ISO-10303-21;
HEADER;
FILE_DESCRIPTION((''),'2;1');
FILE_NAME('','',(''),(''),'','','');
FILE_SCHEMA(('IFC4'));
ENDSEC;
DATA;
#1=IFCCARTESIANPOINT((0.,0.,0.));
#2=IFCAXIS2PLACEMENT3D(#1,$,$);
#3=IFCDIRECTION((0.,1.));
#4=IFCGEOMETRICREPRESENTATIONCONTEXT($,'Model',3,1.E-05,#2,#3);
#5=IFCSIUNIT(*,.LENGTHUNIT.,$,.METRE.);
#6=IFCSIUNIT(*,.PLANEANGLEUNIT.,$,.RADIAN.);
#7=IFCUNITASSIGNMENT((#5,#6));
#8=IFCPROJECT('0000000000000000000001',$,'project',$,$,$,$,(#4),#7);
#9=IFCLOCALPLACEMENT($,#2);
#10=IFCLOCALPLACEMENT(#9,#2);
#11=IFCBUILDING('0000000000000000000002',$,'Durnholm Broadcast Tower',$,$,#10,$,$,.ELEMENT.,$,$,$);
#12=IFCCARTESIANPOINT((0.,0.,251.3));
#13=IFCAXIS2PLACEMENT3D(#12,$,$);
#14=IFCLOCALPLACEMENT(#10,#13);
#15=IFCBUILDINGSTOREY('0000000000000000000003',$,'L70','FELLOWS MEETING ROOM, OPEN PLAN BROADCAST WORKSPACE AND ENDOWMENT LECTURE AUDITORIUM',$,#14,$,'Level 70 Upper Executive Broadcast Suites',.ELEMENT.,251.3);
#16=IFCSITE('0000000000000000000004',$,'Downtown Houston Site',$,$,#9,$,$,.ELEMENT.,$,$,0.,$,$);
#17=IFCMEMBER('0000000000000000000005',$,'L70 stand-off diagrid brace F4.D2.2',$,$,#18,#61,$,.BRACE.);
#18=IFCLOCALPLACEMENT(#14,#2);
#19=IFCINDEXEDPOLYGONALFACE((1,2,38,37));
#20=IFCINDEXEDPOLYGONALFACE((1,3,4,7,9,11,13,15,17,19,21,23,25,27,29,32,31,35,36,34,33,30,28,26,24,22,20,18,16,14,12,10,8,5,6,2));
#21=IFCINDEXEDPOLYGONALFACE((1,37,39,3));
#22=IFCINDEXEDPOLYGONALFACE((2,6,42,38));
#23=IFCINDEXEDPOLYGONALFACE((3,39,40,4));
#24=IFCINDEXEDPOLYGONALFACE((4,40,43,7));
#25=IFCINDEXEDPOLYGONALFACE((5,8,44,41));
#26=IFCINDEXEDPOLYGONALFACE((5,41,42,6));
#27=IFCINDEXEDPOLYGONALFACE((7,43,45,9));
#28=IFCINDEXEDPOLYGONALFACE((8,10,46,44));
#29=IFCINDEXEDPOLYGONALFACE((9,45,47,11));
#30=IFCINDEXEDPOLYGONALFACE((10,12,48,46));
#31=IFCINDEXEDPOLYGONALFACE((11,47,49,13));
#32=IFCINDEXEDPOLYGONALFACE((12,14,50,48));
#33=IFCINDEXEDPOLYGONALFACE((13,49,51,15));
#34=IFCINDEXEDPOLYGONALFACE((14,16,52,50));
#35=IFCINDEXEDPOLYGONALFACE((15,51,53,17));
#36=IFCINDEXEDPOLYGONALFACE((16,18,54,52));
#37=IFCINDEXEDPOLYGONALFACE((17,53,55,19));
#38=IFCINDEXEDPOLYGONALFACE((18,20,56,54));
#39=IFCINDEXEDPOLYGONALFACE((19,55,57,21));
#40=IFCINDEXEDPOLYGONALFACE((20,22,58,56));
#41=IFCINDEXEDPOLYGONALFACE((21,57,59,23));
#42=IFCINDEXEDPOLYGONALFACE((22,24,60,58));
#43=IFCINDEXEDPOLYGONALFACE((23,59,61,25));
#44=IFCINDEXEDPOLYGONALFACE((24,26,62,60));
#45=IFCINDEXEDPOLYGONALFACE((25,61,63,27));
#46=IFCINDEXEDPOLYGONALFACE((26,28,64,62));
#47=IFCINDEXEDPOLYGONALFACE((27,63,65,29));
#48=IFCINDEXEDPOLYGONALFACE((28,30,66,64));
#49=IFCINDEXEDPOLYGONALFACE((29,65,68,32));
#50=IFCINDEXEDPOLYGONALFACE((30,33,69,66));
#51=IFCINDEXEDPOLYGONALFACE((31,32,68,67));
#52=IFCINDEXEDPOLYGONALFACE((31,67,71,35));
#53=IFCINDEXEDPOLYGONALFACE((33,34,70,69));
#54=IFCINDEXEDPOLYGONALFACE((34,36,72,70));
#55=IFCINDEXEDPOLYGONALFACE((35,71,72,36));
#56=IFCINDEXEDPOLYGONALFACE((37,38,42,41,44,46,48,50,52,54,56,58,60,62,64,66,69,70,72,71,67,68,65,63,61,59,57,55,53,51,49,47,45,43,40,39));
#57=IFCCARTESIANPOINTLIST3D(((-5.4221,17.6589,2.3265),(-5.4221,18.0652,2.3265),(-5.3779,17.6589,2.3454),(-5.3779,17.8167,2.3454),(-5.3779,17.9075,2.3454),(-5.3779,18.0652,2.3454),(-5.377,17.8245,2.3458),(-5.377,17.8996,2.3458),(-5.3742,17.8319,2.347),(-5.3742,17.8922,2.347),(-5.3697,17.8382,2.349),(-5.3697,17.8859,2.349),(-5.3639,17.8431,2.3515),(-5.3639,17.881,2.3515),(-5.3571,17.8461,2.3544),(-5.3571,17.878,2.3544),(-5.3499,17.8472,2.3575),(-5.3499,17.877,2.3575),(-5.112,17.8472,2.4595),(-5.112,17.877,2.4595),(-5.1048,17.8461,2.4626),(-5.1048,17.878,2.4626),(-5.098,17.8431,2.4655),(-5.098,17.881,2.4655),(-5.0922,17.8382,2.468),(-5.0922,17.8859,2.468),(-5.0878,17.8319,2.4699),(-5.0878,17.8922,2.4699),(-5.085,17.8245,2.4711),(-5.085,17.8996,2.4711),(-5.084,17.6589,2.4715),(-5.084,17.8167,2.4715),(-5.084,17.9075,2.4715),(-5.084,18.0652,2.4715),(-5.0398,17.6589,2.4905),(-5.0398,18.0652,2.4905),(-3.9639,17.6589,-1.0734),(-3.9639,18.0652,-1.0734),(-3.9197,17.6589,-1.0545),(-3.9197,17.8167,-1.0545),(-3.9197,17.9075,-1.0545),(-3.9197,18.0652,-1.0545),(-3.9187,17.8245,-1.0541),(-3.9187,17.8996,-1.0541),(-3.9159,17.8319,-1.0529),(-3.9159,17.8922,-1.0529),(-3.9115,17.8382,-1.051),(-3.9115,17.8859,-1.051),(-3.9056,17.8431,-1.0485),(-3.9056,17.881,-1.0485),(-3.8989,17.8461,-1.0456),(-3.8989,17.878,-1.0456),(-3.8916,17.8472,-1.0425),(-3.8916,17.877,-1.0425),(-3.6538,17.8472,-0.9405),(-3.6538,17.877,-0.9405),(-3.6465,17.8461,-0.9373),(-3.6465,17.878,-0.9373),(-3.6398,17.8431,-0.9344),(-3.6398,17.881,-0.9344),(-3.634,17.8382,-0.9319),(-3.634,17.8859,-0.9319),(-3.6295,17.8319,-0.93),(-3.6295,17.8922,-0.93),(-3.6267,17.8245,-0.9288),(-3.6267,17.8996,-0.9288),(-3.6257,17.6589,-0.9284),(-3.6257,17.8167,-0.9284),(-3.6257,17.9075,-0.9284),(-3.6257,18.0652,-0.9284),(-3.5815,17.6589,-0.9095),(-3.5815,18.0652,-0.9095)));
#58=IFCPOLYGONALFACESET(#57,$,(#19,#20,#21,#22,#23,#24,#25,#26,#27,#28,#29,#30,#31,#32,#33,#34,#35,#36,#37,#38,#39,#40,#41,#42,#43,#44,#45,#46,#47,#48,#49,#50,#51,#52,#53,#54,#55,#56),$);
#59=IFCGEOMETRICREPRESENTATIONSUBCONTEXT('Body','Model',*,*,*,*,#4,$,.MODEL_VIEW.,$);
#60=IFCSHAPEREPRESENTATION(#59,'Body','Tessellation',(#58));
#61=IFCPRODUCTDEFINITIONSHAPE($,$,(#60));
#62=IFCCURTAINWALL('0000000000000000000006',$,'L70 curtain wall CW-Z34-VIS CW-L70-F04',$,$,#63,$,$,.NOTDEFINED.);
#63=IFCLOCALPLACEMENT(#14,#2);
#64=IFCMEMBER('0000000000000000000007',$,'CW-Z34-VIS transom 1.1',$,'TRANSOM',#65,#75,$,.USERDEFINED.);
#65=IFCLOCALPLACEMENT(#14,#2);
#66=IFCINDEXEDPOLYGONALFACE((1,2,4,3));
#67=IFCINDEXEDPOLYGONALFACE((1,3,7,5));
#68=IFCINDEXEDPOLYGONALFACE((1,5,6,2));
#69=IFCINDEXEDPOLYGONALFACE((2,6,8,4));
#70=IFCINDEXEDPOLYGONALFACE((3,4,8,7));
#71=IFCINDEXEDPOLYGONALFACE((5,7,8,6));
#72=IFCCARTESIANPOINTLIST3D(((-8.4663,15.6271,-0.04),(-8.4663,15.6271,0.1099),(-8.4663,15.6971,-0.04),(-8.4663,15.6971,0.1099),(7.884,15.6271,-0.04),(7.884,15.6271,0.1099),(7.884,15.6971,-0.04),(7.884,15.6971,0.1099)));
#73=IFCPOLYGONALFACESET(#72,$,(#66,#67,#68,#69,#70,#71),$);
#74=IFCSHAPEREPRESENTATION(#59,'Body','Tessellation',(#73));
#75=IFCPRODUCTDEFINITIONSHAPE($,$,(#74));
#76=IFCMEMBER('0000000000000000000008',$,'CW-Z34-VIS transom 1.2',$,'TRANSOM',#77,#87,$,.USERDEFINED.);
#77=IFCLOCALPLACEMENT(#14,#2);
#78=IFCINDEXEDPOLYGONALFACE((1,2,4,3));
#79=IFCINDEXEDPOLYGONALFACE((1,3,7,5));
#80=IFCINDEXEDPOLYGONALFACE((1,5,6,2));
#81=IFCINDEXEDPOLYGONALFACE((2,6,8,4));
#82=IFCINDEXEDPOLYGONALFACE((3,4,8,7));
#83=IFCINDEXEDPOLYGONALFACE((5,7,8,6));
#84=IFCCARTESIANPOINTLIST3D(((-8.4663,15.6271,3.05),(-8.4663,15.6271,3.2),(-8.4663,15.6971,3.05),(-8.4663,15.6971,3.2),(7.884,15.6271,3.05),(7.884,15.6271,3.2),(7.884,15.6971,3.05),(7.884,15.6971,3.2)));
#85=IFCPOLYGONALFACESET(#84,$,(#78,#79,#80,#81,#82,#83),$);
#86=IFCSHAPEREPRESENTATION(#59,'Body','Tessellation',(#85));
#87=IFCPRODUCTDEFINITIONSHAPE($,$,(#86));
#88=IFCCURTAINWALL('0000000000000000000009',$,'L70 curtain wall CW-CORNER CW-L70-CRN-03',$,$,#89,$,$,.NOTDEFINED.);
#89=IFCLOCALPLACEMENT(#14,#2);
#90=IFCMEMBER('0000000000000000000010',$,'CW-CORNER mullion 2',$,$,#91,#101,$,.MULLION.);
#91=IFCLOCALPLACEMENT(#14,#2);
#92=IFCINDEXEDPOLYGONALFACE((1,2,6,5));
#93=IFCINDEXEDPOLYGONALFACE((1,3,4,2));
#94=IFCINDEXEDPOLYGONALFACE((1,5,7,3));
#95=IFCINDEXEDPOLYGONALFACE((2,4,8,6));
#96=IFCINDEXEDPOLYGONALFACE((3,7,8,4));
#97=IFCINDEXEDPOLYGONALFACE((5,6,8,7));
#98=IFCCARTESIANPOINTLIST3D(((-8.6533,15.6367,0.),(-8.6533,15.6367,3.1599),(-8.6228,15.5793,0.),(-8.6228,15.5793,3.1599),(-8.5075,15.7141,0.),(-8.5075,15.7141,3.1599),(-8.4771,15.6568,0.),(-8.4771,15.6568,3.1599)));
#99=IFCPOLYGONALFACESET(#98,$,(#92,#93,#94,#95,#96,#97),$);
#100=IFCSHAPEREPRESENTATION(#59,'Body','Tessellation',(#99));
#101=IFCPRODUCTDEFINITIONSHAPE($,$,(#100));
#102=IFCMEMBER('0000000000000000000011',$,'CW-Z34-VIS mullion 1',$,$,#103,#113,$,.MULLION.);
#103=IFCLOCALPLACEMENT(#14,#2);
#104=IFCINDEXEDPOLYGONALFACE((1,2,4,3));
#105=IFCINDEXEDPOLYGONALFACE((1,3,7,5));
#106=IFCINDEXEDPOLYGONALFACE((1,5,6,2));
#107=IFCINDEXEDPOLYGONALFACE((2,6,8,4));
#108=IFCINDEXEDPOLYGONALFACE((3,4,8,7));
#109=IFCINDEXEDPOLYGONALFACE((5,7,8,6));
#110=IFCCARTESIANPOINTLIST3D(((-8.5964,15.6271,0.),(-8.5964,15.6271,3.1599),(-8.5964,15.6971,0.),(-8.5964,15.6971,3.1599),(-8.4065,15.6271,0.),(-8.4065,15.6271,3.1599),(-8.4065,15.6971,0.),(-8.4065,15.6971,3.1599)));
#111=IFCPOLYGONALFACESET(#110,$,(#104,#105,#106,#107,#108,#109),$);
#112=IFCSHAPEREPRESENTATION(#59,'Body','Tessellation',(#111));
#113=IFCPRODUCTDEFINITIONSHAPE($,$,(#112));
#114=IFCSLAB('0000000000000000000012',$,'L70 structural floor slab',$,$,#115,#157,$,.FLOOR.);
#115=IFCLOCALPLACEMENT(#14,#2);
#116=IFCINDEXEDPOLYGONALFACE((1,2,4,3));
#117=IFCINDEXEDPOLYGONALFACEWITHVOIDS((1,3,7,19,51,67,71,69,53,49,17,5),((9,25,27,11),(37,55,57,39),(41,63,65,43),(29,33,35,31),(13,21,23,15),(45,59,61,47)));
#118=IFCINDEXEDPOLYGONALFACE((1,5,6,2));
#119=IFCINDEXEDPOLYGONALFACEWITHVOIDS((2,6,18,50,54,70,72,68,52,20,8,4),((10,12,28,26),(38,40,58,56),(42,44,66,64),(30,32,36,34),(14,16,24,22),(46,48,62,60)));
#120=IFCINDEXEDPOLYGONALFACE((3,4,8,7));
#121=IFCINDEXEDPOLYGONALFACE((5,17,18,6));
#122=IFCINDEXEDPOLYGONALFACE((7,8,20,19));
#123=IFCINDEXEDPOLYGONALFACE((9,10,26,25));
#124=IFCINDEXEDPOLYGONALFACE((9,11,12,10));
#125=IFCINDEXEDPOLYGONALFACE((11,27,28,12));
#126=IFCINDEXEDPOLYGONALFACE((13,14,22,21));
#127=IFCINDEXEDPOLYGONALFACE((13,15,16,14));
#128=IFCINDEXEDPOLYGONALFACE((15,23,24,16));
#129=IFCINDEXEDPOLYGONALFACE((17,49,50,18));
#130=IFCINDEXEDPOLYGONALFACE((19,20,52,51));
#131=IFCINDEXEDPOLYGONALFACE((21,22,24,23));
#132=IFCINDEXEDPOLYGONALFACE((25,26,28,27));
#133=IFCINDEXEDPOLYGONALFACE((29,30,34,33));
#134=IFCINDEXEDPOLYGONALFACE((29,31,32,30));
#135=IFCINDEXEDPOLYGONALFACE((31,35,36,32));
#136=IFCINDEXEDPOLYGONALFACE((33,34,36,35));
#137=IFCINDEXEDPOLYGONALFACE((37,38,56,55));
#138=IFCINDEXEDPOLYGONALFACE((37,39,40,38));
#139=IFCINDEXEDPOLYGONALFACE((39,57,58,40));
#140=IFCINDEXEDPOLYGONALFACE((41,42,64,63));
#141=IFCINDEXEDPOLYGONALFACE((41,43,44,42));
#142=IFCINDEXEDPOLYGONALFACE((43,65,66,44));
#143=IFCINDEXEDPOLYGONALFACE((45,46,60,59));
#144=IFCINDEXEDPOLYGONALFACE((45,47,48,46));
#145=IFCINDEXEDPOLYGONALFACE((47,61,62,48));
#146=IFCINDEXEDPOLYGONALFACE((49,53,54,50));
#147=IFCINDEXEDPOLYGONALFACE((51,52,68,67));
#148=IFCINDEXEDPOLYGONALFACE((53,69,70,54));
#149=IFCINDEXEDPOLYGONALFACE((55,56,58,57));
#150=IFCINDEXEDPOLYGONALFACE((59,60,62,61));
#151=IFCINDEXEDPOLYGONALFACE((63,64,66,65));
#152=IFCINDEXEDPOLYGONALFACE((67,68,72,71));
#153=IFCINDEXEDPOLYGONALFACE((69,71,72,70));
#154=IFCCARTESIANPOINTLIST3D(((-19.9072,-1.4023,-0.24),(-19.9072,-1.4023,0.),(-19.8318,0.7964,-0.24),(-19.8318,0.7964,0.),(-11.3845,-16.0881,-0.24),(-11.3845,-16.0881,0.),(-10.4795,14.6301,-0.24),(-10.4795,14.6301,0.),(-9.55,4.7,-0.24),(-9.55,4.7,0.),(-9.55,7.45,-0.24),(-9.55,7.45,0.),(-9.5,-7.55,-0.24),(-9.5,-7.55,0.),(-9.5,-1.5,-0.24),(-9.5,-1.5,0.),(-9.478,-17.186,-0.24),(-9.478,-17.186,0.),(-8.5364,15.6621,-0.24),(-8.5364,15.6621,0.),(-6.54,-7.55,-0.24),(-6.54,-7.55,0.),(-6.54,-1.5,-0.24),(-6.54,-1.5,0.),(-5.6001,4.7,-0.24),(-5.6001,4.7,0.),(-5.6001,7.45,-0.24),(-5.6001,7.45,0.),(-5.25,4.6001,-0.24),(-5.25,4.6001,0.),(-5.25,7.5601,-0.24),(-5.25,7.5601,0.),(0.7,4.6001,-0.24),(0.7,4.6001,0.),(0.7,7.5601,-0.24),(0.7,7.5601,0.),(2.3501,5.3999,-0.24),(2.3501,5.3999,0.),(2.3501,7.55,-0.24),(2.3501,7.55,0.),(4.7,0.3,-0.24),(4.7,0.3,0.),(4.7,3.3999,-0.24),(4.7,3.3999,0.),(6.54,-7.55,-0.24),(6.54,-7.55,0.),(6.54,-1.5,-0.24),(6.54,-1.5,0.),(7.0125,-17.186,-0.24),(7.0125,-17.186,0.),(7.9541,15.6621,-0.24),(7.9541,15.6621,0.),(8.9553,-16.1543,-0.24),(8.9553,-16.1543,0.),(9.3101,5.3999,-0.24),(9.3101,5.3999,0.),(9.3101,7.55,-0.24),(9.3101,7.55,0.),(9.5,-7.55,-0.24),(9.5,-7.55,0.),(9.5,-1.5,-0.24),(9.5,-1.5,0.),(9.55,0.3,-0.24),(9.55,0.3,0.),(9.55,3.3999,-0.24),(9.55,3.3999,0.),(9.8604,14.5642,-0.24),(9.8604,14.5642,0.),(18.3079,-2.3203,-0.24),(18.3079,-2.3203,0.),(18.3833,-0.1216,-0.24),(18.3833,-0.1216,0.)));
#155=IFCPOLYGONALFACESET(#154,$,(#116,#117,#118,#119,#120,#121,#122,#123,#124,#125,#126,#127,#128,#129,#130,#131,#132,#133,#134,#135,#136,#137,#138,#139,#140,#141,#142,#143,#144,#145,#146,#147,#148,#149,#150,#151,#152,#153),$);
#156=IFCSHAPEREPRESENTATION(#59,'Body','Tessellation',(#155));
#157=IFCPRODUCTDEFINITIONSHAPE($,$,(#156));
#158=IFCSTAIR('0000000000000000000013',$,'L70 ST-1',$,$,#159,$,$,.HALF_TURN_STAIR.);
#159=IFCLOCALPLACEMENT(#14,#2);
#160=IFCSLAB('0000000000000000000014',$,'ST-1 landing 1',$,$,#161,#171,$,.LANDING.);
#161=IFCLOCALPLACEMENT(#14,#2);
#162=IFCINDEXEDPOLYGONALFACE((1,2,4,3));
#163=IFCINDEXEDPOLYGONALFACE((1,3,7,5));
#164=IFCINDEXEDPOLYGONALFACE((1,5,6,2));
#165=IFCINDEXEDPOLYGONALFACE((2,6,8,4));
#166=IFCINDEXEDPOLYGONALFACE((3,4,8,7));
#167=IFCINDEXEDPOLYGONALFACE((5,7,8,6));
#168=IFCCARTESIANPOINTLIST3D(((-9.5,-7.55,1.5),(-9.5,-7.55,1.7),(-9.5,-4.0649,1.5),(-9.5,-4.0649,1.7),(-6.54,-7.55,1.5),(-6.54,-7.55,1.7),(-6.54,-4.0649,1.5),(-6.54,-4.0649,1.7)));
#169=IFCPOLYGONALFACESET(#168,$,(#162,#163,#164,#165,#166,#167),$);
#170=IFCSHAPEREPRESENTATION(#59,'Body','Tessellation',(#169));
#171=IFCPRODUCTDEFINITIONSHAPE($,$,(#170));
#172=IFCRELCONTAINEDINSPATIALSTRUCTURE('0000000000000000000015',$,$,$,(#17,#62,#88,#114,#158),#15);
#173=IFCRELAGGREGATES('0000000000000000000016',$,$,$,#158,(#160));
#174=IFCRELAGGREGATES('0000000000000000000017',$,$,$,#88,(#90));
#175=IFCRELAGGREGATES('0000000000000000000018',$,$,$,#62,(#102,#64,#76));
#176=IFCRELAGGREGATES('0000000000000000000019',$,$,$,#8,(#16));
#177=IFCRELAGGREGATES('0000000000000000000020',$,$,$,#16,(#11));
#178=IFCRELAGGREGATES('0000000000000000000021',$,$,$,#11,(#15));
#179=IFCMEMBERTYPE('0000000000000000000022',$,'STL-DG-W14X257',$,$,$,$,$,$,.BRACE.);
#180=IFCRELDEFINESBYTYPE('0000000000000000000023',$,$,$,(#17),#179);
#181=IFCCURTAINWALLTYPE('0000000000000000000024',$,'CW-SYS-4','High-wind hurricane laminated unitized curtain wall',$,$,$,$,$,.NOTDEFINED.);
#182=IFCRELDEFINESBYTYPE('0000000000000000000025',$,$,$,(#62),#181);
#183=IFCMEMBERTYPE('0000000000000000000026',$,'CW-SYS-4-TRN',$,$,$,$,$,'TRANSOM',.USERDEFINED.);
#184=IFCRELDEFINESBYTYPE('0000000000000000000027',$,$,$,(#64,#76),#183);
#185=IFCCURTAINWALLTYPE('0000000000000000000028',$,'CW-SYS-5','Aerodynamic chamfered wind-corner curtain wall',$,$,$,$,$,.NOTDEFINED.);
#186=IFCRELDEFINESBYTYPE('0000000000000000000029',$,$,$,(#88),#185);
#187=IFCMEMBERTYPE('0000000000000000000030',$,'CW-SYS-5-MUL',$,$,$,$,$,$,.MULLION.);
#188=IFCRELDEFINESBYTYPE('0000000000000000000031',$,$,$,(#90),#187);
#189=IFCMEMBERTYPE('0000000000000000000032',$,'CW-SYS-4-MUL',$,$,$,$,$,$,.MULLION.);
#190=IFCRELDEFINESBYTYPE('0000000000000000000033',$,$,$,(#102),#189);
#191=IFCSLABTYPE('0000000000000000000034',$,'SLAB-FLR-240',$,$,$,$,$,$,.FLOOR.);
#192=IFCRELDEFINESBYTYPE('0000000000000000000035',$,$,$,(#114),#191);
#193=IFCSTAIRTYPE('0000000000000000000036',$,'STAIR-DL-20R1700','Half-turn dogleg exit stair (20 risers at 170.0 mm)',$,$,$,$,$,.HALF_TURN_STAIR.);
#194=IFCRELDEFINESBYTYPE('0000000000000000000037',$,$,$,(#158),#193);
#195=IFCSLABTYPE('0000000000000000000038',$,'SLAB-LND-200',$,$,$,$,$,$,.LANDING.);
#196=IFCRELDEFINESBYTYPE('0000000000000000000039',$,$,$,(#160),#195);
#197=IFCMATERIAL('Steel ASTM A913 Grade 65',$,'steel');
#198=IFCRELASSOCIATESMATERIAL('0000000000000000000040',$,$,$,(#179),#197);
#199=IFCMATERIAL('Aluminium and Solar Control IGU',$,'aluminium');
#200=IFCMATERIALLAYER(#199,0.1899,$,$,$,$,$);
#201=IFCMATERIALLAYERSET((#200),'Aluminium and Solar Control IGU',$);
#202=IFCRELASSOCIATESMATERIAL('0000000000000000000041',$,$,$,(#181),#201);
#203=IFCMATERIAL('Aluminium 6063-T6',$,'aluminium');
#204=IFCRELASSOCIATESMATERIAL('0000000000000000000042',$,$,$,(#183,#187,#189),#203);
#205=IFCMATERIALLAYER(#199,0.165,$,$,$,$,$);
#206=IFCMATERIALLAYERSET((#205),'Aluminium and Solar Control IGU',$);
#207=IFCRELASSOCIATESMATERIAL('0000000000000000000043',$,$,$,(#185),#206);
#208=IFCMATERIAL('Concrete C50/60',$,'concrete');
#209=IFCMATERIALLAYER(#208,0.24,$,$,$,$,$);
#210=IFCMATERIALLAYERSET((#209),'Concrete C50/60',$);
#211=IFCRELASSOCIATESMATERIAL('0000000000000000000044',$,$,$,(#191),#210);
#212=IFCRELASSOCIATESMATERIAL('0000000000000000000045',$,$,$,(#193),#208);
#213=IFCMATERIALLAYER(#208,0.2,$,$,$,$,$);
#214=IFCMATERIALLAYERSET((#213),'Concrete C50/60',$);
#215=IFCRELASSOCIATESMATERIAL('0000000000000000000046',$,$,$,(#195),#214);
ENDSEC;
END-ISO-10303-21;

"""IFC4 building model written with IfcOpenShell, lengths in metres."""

from ifc_helpers import new_model, si_unit, direction, frame, origin, origin_2d, place, context, subcontext, project, spatial, polyline, rectangle, i_section, outline, extrude, source, transform, mapped, material, layer, layer_set, material_profile, profile_set, type_object, type_shapes, element, aggregate, save


model = new_model("IFC4")

# Units and contexts
model_context = context("Model", 3, precision=1e-05, world=origin(), true_north=direction((0.0, 1.0)))
body_context = subcontext(model_context, "Body", "Model", "MODEL_VIEW")
ifc_project = project(units=[si_unit("LENGTHUNIT", "METRE"), si_unit("PLANEANGLEUNIT", "RADIAN")], contexts=[model_context])

# Site, building, storey
site_placement = place(None, origin())
site = spatial("IfcSite", under=ifc_project, at=site_placement, Name="Downtown Houston Site", CompositionType="ELEMENT", RefElevation=0.0)
building_placement = place(site_placement, origin())
building = spatial("IfcBuilding", under=site, at=building_placement, Name="Durnholm Broadcast Tower", CompositionType="ELEMENT")
storey_placement = place(building_placement, frame((0.0, 0.0, 251.3)))
storey = spatial("IfcBuildingStorey", under=building, at=storey_placement, Name="L70", Description="FELLOWS MEETING ROOM, OPEN PLAN BROADCAST WORKSPACE AND ENDOWMENT LECTURE AUDITORIUM", LongName="Level 70 Upper Executive Broadcast Suites", CompositionType="ELEMENT", Elevation=251.3)

# Member
ifc_material_1 = material(Name="Steel ASTM A913 Grade 65", Category="steel")
ifc_material_profile_1 = material_profile(ifc_material_1, i_section(OverallWidth=0.4062, OverallDepth=0.416, WebThickness=0.0298, FlangeThickness=0.0481, FilletRadius=0.0305, at=origin_2d()), Name="W14X257")
ifc_profile_set_1 = profile_set([ifc_material_profile_1], Name="Steel ASTM A913 Grade 65")
member_type_1 = type_object("IfcMemberType", Name="STL-DG-W14X257", PredefinedType="BRACE", material=ifc_profile_set_1)
shared_shape_1 = source(origin(), body_context, "Body", "SweptSolid", [
    extrude(i_section(OverallWidth=0.4062, OverallDepth=0.416, WebThickness=0.0298, FlangeThickness=0.0481, FilletRadius=0.0305, at=origin_2d()), origin(), (0.0, 0.0, 1.0), 3.6995),
])
type_shapes(member_type_1, [shared_shape_1])
for number, where, z_axis, x_axis, name in (
    (1, (-3.7727, 17.8621, -0.9915), (-0.394182, 0.0, 0.919032), (0.0, -1.0, 0.0), "L70 stand-off diagrid brace F4.D2.2"),
):
    element("IfcMember", number, at=place(storey_placement, frame(where, z_axis=z_axis, x_axis=x_axis)), inside=storey, type_object=member_type_1, Name=name, PredefinedType="BRACE", context=body_context, shape_type="MappedRepresentation", body=[
        mapped(shared_shape_1, transform((0.0, 0.0, 0.0), x_axis=(1.0, 0.0, 0.0), y_axis=(0.0, 1.0, 0.0), z_axis=(0.0, 0.0, 1.0), scale=1.0)),
    ])

# Curtain wall, members
ifc_material_2 = material(Name="Aluminium and Solar Control IGU", Category="aluminium")
ifc_layer_1 = layer(ifc_material_2, 0.1899)
ifc_layer_set_1 = layer_set([ifc_layer_1], Name="Aluminium and Solar Control IGU")
curtain_wall_type_1 = type_object("IfcCurtainWallType", Name="CW-SYS-4", Description="High-wind hurricane laminated unitized curtain wall", PredefinedType="NOTDEFINED", material=ifc_layer_set_1)
curtain_wall_1_placement = place(storey_placement, origin())
curtain_wall_1 = element("IfcCurtainWall", 2, at=curtain_wall_1_placement, inside=storey, type_object=curtain_wall_type_1, Name="L70 curtain wall CW-Z34-VIS CW-L70-F04", PredefinedType="NOTDEFINED")
ifc_material_3 = material(Name="Aluminium 6063-T6", Category="aluminium")
ifc_material_profile_2 = material_profile(ifc_material_3, rectangle(XDim=0.0701, YDim=0.1499, at=origin_2d()), Name="CWT70X150")
ifc_profile_set_2 = profile_set([ifc_material_profile_2], Name="Aluminium 6063-T6")
member_type_2 = type_object("IfcMemberType", Name="CW-SYS-4-TRN", ElementType="TRANSOM", PredefinedType="USERDEFINED", material=ifc_profile_set_2)
shared_shape_2 = source(origin(), body_context, "Body", "SweptSolid", [
    extrude(rectangle(XDim=0.0701, YDim=0.1499, at=origin_2d()), origin(), (0.0, 0.0, 1.0), 16.3503),
])
type_shapes(member_type_2, [shared_shape_2])
member_1_placement = place(storey_placement, frame((-8.4663, 15.6621, 0.0349), z_axis=(1.0, 0.0, 0.0), x_axis=(0.0, 1.0, 0.0)))
member_1 = element("IfcMember", 3, at=member_1_placement, type_object=member_type_2, Name="CW-Z34-VIS transom 1.1", ObjectType="TRANSOM", PredefinedType="USERDEFINED", context=body_context, shape_type="MappedRepresentation", body=[
    mapped(shared_shape_2, transform((0.0, 0.0, 0.0), x_axis=(1.0, 0.0, 0.0), y_axis=(0.0, 1.0, 0.0), z_axis=(0.0, 0.0, 1.0), scale=1.0)),
])
member_2_placement = place(storey_placement, frame((-8.4663, 15.6621, 3.125), z_axis=(1.0, 0.0, 0.0), x_axis=(0.0, 1.0, 0.0)))
member_2 = element("IfcMember", 4, at=member_2_placement, type_object=member_type_2, Name="CW-Z34-VIS transom 1.2", ObjectType="TRANSOM", PredefinedType="USERDEFINED", context=body_context, shape_type="MappedRepresentation", body=[
    mapped(shared_shape_2, transform((0.0, 0.0, 0.0), x_axis=(1.0, 0.0, 0.0), y_axis=(0.0, 1.0, 0.0), z_axis=(0.0, 0.0, 1.0), scale=1.0)),
])

# Curtain wall, member
ifc_layer_2 = layer(ifc_material_2, 0.165)
ifc_layer_set_2 = layer_set([ifc_layer_2], Name="Aluminium and Solar Control IGU")
curtain_wall_type_2 = type_object("IfcCurtainWallType", Name="CW-SYS-5", Description="Aerodynamic chamfered wind-corner curtain wall", PredefinedType="NOTDEFINED", material=ifc_layer_set_2)
curtain_wall_2_placement = place(storey_placement, origin())
curtain_wall_2 = element("IfcCurtainWall", 5, at=curtain_wall_2_placement, inside=storey, type_object=curtain_wall_type_2, Name="L70 curtain wall CW-CORNER CW-L70-CRN-03", PredefinedType="NOTDEFINED")
ifc_material_profile_3 = material_profile(ifc_material_3, rectangle(XDim=0.0649, YDim=0.165, at=origin_2d()), Name="CWM65X165")
ifc_profile_set_3 = profile_set([ifc_material_profile_3], Name="Aluminium 6063-T6")
member_type_3 = type_object("IfcMemberType", Name="CW-SYS-5-MUL", PredefinedType="MULLION", material=ifc_profile_set_3)
shared_shape_3 = source(origin(), body_context, "Body", "SweptSolid", [
    extrude(rectangle(XDim=0.0649, YDim=0.165, at=origin_2d()), origin(), (0.0, 0.0, 1.0), 3.1599),
])
type_shapes(member_type_3, [shared_shape_3])
member_3_placement = place(storey_placement, frame((-8.5652, 15.6467, 0.0), z_axis=(0.0, 0.0, 1.0), x_axis=(-0.469007, 0.883195, 0.0)))
member_3 = element("IfcMember", 6, at=member_3_placement, type_object=member_type_3, Name="CW-CORNER mullion 2", PredefinedType="MULLION", context=body_context, shape_type="MappedRepresentation", body=[
    mapped(shared_shape_3, transform((0.0, 0.0, 0.0), x_axis=(1.0, 0.0, 0.0), y_axis=(0.0, 1.0, 0.0), z_axis=(0.0, 0.0, 1.0), scale=1.0)),
])

# Member
ifc_material_profile_4 = material_profile(ifc_material_3, rectangle(XDim=0.0701, YDim=0.1899, at=origin_2d()), Name="CWM70X190")
ifc_profile_set_4 = profile_set([ifc_material_profile_4], Name="Aluminium 6063-T6")
member_type_4 = type_object("IfcMemberType", Name="CW-SYS-4-MUL", PredefinedType="MULLION", material=ifc_profile_set_4)
shared_shape_4 = source(origin(), body_context, "Body", "SweptSolid", [
    extrude(rectangle(XDim=0.0701, YDim=0.1899, at=origin_2d()), origin(), (0.0, 0.0, 1.0), 3.1599),
])
type_shapes(member_type_4, [shared_shape_4])
member_4_placement = place(storey_placement, frame((-8.5015, 15.6621, 0.0), z_axis=(0.0, 0.0, 1.0), x_axis=(0.0, 1.0, 0.0)))
member_4 = element("IfcMember", 7, at=member_4_placement, type_object=member_type_4, Name="CW-Z34-VIS mullion 1", PredefinedType="MULLION", context=body_context, shape_type="MappedRepresentation", body=[
    mapped(shared_shape_4, transform((0.0, 0.0, 0.0), x_axis=(1.0, 0.0, 0.0), y_axis=(0.0, 1.0, 0.0), z_axis=(0.0, 0.0, 1.0), scale=1.0)),
])

# Slab
ifc_material_4 = material(Name="Concrete C50/60", Category="concrete")
ifc_layer_3 = layer(ifc_material_4, 0.24)
ifc_layer_set_3 = layer_set([ifc_layer_3], Name="Concrete C50/60")
slab_type_1 = type_object("IfcSlabType", Name="SLAB-FLR-240", PredefinedType="FLOOR", material=ifc_layer_set_3)
slab_1_placement = place(storey_placement, frame((0.0, 0.0, -0.24)))
element("IfcSlab", 8, at=slab_1_placement, inside=storey, type_object=slab_type_1, Name="L70 structural floor slab", PredefinedType="FLOOR", context=body_context, shape_type="SweptSolid", body=[
    extrude(outline(polyline([(-11.3845, -16.0881), (-9.478, -17.186), (7.0125, -17.186), (8.9553, -16.1543), (18.3079, -2.3203), (18.3833, -0.1216), (9.8604, 14.5642), (7.9541, 15.6621), (-8.5364, 15.6621), (-10.4795, 14.6301), (-19.8318, 0.7964), (-19.9072, -1.4023), (-11.3845, -16.0881)]), holes=[polyline([(-6.54, -1.5), (-9.5, -1.5), (-9.5, -7.55), (-6.54, -7.55), (-6.54, -1.5)]), polyline([(9.5, -7.55), (9.5, -1.5), (6.54, -1.5), (6.54, -7.55), (9.5, -7.55)]), polyline([(9.55, 3.3999), (4.7, 3.3999), (4.7, 0.3), (9.55, 0.3), (9.55, 3.3999)]), polyline([(-9.55, 7.45), (-9.55, 4.7), (-5.6001, 4.7), (-5.6001, 7.45), (-9.55, 7.45)]), polyline([(-5.25, 4.6001), (0.7, 4.6001), (0.7, 7.5601), (-5.25, 7.5601), (-5.25, 4.6001)]), polyline([(9.3101, 7.55), (2.3501, 7.55), (2.3501, 5.3999), (9.3101, 5.3999), (9.3101, 7.55)])]), origin(), (0.0, 0.0, 1.0), 0.24),
])

# Stair, slab
stair_type = type_object("IfcStairType", Name="STAIR-DL-20R1700", Description="Half-turn dogleg exit stair (20 risers at 170.0 mm)", PredefinedType="HALF_TURN_STAIR", material=ifc_material_4)
stair_1_placement = place(storey_placement, origin())
stair_1 = element("IfcStair", 9, at=stair_1_placement, inside=storey, type_object=stair_type, Name="L70 ST-1", PredefinedType="HALF_TURN_STAIR")
ifc_layer_4 = layer(ifc_material_4, 0.2)
ifc_layer_set_4 = layer_set([ifc_layer_4], Name="Concrete C50/60")
slab_type_2 = type_object("IfcSlabType", Name="SLAB-LND-200", PredefinedType="LANDING", material=ifc_layer_set_4)
slab_2_placement = place(storey_placement, frame((0.0, 0.0, 1.5)))
slab_2 = element("IfcSlab", 10, at=slab_2_placement, type_object=slab_type_2, Name="ST-1 landing 1", PredefinedType="LANDING", context=body_context, shape_type="SweptSolid", body=[
    extrude(outline(polyline([(-9.5, -4.0649), (-9.5, -7.55), (-6.54, -7.55), (-6.54, -4.0649), (-9.5, -4.0649)])), origin(), (0.0, 0.0, 1.0), 0.2),
])
aggregate(stair_1, [slab_2])

aggregate(curtain_wall_2, [member_3])
aggregate(curtain_wall_1, [member_4, member_1, member_2])

save(model, "model.ifc")
